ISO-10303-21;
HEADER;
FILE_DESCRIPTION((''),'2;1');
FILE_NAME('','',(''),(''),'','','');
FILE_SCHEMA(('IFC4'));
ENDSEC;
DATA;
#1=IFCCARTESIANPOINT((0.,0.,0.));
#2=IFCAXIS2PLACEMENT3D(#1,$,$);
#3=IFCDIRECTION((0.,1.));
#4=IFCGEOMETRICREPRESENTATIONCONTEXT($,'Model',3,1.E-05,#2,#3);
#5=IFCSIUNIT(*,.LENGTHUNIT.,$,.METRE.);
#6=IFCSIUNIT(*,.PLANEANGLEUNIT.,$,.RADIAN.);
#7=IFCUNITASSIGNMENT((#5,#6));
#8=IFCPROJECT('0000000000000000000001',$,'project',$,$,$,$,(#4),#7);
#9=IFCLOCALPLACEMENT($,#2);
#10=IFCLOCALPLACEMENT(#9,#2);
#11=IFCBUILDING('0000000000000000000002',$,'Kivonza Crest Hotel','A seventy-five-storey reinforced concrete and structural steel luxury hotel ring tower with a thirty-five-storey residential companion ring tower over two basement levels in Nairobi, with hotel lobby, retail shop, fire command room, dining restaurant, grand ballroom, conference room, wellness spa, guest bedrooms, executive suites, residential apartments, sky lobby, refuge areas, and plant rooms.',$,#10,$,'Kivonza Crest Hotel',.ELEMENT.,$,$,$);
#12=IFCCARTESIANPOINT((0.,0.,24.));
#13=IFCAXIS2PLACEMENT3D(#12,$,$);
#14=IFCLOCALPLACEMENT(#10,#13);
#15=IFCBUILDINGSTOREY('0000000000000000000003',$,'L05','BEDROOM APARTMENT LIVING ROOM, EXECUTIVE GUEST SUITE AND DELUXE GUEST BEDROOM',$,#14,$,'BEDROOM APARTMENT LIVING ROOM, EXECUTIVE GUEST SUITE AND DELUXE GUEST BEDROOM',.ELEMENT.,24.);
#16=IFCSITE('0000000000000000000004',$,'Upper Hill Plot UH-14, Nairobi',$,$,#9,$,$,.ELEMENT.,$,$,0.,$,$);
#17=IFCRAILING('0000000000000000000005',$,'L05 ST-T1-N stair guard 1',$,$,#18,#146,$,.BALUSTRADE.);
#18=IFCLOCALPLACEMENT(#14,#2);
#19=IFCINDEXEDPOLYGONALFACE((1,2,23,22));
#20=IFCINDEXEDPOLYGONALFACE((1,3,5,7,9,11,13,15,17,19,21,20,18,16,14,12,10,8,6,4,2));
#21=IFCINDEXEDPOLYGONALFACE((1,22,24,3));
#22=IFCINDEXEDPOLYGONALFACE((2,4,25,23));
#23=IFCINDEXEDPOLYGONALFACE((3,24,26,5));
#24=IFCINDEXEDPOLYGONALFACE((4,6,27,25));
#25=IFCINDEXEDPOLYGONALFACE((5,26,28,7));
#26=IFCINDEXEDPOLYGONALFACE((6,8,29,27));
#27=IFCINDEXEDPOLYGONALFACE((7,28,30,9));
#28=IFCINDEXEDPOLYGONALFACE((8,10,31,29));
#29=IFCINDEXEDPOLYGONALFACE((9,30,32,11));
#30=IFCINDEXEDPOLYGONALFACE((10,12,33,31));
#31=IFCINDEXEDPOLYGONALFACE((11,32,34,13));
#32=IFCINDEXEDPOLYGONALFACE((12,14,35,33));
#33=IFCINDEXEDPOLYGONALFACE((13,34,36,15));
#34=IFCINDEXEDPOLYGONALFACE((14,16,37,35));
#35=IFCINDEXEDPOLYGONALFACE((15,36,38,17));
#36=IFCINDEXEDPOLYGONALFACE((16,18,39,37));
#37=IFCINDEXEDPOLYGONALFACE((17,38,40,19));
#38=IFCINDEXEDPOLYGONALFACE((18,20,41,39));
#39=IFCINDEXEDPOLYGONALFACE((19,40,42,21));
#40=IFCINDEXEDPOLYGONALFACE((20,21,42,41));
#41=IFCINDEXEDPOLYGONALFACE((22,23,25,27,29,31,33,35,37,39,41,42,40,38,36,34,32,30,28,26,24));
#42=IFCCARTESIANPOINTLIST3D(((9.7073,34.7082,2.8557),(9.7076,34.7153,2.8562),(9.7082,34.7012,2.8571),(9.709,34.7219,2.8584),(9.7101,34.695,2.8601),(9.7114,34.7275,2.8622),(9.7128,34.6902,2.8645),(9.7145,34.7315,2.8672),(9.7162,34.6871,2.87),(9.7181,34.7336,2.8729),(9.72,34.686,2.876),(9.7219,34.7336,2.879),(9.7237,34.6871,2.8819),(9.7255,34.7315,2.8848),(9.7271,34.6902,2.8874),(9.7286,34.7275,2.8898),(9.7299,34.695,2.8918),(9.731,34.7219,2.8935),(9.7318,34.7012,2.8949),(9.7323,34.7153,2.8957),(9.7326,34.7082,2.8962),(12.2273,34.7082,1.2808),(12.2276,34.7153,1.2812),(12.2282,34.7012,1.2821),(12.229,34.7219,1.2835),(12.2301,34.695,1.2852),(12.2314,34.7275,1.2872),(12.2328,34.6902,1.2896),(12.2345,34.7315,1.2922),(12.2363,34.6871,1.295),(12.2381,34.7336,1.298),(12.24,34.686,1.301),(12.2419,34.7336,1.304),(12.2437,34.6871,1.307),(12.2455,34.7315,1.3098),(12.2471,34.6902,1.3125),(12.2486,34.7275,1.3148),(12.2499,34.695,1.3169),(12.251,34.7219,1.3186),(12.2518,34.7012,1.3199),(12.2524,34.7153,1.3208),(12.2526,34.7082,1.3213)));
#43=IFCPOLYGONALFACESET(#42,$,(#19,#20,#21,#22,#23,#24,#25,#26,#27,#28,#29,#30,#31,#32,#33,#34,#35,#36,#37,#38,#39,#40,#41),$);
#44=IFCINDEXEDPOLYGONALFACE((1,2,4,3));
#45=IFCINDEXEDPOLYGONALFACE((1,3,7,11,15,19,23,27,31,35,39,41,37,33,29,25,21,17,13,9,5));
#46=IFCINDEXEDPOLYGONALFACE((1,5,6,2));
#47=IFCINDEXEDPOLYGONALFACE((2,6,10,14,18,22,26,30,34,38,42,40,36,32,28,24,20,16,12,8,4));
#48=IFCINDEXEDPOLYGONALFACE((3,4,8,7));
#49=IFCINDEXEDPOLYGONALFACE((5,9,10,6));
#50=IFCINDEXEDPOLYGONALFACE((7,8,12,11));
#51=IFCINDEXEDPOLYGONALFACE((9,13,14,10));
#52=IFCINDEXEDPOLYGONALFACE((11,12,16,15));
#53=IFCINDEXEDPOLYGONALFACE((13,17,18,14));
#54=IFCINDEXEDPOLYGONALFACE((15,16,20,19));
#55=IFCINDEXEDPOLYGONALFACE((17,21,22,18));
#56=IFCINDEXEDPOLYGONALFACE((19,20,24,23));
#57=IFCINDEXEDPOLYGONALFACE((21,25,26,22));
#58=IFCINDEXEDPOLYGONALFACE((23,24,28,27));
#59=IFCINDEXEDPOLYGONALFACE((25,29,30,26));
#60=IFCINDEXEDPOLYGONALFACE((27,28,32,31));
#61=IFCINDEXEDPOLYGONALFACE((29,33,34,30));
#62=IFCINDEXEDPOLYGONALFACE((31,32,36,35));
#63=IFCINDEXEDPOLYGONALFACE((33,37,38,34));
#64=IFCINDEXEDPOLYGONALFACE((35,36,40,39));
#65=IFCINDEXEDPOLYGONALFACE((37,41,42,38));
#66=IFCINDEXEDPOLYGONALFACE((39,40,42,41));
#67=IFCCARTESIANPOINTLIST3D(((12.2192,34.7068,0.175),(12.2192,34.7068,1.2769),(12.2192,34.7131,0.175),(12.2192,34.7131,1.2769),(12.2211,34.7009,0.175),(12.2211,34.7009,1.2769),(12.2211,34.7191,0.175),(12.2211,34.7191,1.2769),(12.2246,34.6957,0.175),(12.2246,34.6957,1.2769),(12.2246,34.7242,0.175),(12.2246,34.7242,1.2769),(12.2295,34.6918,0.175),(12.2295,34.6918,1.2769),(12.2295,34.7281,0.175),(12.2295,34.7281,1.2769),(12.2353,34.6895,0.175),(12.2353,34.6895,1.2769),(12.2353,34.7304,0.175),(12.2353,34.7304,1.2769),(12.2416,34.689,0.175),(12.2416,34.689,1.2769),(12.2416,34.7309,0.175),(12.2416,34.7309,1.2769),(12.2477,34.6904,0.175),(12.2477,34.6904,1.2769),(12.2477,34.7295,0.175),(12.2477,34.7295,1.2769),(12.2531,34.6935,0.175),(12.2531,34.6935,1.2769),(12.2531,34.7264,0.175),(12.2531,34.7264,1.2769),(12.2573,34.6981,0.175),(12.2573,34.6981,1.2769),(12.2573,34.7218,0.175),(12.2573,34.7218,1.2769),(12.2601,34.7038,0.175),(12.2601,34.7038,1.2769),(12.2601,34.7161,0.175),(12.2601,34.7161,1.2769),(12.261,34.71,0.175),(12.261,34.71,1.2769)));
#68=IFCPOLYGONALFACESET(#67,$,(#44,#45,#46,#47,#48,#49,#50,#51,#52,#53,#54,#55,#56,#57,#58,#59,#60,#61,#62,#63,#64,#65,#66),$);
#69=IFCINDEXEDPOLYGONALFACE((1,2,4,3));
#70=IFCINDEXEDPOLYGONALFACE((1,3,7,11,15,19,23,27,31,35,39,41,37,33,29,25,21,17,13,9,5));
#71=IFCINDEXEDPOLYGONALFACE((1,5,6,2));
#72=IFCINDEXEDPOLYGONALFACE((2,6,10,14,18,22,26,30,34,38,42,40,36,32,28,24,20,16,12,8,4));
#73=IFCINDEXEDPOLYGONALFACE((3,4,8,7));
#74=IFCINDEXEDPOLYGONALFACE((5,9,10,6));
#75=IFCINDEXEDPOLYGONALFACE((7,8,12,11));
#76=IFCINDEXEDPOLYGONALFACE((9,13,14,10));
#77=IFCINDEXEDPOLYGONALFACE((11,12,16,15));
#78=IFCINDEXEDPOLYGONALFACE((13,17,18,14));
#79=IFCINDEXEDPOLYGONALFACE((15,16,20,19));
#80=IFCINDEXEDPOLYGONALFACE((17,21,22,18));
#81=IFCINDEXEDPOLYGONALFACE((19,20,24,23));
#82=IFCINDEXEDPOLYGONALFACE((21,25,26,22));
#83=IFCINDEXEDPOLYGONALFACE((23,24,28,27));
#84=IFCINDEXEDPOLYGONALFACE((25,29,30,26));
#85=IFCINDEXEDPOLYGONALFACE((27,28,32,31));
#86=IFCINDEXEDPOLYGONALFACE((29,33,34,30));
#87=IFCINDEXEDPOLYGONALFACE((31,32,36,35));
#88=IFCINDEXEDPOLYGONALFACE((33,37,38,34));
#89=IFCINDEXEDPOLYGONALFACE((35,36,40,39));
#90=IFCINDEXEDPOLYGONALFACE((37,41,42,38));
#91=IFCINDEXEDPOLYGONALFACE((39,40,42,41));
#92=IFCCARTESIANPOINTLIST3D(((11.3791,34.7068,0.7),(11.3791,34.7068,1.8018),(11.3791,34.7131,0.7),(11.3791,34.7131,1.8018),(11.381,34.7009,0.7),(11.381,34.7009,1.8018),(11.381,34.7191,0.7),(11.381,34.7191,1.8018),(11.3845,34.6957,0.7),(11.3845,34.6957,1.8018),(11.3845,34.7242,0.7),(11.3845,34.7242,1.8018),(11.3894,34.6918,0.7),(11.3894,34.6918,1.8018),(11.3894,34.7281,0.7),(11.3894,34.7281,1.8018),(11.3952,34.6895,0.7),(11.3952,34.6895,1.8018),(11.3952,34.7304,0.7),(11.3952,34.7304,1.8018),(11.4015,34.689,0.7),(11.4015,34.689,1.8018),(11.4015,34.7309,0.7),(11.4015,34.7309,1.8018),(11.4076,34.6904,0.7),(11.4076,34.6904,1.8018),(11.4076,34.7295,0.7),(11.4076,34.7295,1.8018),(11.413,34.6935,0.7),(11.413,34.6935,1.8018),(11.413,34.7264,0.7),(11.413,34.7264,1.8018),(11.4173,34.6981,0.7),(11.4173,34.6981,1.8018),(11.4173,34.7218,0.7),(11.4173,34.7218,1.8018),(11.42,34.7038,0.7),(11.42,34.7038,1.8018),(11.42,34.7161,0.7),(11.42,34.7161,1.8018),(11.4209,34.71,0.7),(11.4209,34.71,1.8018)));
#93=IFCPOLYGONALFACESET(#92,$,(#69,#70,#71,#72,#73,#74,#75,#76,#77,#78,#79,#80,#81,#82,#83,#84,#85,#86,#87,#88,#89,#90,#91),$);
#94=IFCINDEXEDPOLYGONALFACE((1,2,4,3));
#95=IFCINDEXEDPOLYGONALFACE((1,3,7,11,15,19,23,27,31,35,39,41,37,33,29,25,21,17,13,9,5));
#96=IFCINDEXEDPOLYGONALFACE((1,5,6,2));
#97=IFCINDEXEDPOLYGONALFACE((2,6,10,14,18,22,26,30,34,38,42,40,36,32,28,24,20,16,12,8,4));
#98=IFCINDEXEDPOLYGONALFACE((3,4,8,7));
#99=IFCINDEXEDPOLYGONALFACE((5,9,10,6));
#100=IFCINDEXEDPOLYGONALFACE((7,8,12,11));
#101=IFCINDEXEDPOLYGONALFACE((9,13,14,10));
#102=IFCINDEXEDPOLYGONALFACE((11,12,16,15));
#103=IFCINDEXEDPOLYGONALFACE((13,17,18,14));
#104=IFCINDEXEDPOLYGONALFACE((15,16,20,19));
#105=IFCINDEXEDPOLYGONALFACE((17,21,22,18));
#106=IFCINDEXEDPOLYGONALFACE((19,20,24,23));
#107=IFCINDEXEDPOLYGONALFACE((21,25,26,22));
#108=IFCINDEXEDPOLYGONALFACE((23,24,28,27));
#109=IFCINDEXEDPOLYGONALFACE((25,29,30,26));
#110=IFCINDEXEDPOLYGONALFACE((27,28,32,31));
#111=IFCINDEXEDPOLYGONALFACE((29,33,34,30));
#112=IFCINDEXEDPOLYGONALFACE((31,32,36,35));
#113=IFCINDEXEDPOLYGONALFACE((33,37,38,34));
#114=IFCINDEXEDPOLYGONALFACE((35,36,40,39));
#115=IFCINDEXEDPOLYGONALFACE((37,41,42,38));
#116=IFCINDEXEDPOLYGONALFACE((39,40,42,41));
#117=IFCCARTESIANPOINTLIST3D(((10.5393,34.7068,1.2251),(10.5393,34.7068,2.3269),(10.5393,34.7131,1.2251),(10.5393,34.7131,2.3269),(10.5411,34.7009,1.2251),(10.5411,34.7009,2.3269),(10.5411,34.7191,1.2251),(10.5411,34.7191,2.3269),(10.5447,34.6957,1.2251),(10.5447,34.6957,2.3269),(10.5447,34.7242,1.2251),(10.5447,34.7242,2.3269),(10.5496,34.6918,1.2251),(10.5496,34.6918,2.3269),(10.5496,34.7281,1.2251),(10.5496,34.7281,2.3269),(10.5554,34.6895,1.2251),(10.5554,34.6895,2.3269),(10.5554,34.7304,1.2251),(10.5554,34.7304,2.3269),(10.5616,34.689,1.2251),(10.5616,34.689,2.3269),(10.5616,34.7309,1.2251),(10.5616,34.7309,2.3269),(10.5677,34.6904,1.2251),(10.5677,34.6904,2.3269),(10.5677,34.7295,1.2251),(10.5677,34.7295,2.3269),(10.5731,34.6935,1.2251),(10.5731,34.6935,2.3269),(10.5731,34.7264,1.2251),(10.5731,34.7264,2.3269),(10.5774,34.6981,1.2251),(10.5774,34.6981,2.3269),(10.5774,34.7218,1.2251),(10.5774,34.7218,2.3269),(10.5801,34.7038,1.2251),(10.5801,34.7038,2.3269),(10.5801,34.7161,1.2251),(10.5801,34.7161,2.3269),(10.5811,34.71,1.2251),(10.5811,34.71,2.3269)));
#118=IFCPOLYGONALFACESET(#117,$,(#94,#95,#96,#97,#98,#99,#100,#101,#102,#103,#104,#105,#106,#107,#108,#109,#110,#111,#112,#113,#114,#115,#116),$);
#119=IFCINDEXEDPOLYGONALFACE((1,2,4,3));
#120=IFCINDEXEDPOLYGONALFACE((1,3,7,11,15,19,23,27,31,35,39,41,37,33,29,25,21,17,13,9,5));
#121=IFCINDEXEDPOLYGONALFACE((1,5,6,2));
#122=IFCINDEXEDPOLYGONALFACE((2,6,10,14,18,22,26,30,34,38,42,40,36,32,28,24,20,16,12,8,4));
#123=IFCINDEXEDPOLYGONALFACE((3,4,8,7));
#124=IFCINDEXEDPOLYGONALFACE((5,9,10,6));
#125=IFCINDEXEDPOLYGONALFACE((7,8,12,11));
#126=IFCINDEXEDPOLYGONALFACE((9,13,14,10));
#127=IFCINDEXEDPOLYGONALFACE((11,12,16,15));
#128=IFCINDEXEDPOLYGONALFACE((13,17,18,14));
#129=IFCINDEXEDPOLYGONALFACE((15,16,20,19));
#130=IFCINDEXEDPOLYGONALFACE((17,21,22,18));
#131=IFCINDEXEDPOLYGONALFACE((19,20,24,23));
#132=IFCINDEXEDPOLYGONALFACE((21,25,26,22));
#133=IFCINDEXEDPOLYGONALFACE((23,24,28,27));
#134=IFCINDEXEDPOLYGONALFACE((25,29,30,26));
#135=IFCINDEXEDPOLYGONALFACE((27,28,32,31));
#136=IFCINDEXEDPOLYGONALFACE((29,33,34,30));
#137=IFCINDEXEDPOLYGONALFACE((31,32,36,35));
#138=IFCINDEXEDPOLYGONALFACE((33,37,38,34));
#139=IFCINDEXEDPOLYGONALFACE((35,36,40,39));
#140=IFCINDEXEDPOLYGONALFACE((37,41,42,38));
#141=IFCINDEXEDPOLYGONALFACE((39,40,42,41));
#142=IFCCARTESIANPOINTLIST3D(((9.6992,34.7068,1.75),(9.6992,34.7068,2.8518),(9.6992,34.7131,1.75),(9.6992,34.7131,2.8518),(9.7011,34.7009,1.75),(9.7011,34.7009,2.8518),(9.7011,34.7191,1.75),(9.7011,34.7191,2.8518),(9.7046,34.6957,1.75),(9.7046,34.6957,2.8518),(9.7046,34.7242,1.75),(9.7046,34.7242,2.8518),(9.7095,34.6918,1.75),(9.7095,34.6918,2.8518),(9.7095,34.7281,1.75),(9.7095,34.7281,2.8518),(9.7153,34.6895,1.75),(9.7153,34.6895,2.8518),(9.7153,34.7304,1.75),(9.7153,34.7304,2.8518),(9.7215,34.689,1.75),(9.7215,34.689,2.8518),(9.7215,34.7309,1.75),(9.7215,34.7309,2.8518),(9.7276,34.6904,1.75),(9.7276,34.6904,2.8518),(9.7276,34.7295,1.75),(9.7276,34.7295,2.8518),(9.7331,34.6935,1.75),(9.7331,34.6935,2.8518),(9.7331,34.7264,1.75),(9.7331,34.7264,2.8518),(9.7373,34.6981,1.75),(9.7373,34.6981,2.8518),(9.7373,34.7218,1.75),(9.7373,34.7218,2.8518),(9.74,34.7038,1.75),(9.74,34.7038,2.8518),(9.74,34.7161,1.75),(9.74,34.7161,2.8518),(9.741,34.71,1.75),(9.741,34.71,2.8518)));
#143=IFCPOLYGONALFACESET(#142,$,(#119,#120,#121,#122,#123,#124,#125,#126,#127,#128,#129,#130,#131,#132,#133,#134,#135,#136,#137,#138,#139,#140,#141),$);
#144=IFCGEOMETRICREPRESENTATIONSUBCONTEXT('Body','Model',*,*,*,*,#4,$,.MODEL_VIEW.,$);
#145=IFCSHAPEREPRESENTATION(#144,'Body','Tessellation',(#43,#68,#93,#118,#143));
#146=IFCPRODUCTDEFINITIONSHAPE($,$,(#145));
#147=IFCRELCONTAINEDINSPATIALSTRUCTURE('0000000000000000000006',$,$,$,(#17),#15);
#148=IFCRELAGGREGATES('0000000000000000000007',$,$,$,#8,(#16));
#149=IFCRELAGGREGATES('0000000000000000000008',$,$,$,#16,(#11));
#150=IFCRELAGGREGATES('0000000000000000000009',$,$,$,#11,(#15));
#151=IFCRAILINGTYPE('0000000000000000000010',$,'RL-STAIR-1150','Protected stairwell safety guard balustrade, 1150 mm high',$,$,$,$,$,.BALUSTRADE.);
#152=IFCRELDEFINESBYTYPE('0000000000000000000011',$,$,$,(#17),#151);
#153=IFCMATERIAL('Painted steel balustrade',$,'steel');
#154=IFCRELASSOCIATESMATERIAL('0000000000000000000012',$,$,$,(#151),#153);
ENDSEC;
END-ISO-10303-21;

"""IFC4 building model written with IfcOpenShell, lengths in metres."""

from ifc_helpers import new_model, si_unit, direction, frame, origin, origin_2d, place, context, subcontext, project, spatial, circle, extrude, material, type_object, element, save


model = new_model("IFC4")

# Units and contexts
model_context = context("Model", 3, precision=1e-05, world=origin(), true_north=direction((0.0, 1.0)))
body_context = subcontext(model_context, "Body", "Model", "MODEL_VIEW")
ifc_project = project(units=[si_unit("LENGTHUNIT", "METRE"), si_unit("PLANEANGLEUNIT", "RADIAN")], contexts=[model_context])

# Site, building, storey
site_placement = place(None, origin())
site = spatial("IfcSite", under=ifc_project, at=site_placement, Name="Upper Hill Plot UH-14, Nairobi", CompositionType="ELEMENT", RefElevation=0.0)
building_placement = place(site_placement, origin())
building = spatial("IfcBuilding", under=site, at=building_placement, Name="Kivonza Crest Hotel", Description="A seventy-five-storey reinforced concrete and structural steel luxury hotel ring tower with a thirty-five-storey residential companion ring tower over two basement levels in Nairobi, with hotel lobby, retail shop, fire command room, dining restaurant, grand ballroom, conference room, wellness spa, guest bedrooms, executive suites, residential apartments, sky lobby, refuge areas, and plant rooms.", LongName="Kivonza Crest Hotel", CompositionType="ELEMENT")
storey_placement = place(building_placement, frame((0.0, 0.0, 24.0)))
storey = spatial("IfcBuildingStorey", under=building, at=storey_placement, Name="L05", Description="BEDROOM APARTMENT LIVING ROOM, EXECUTIVE GUEST SUITE AND DELUXE GUEST BEDROOM", LongName="BEDROOM APARTMENT LIVING ROOM, EXECUTIVE GUEST SUITE AND DELUXE GUEST BEDROOM", CompositionType="ELEMENT", Elevation=24.0)

# Railing
ifc_material_1 = material(Name="Painted steel balustrade", Category="steel")
railing_type_1 = type_object("IfcRailingType", Name="RL-STAIR-1150", Description="Protected stairwell safety guard balustrade, 1150 mm high", PredefinedType="BALUSTRADE", material=ifc_material_1)
railing_1_placement = place(storey_placement, frame((12.24, 34.71, 0.175)))
element("IfcRailing", 1, at=railing_1_placement, inside=storey, type_object=railing_type_1, Name="L05 ST-T1-N stair guard 1", PredefinedType="BALUSTRADE", context=body_context, shape_type="SweptSolid", body=[
    extrude(circle(Radius=0.0239, at=origin_2d()), frame((0.0, 0.0, 1.126), z_axis=(-0.848008, 0.0, 0.529984), x_axis=(0.0, -1.0, 0.0)), (0.0, 0.0, 1.0), 2.9717),
    extrude(circle(Radius=0.021, at=origin_2d()), origin(), (0.0, 0.0, 1.0), 1.1018),
    extrude(circle(Radius=0.021, at=origin_2d()), frame((-0.8401, 0.0, 0.5249)), (0.0, 0.0, 1.0), 1.1018),
    extrude(circle(Radius=0.021, at=origin_2d()), frame((-1.6799, 0.0, 1.05)), (0.0, 0.0, 1.0), 1.1018),
    extrude(circle(Radius=0.021, at=origin_2d()), frame((-2.52, 0.0, 1.575)), (0.0, 0.0, 1.0), 1.1018),
])

save(model, "model.ifc")
